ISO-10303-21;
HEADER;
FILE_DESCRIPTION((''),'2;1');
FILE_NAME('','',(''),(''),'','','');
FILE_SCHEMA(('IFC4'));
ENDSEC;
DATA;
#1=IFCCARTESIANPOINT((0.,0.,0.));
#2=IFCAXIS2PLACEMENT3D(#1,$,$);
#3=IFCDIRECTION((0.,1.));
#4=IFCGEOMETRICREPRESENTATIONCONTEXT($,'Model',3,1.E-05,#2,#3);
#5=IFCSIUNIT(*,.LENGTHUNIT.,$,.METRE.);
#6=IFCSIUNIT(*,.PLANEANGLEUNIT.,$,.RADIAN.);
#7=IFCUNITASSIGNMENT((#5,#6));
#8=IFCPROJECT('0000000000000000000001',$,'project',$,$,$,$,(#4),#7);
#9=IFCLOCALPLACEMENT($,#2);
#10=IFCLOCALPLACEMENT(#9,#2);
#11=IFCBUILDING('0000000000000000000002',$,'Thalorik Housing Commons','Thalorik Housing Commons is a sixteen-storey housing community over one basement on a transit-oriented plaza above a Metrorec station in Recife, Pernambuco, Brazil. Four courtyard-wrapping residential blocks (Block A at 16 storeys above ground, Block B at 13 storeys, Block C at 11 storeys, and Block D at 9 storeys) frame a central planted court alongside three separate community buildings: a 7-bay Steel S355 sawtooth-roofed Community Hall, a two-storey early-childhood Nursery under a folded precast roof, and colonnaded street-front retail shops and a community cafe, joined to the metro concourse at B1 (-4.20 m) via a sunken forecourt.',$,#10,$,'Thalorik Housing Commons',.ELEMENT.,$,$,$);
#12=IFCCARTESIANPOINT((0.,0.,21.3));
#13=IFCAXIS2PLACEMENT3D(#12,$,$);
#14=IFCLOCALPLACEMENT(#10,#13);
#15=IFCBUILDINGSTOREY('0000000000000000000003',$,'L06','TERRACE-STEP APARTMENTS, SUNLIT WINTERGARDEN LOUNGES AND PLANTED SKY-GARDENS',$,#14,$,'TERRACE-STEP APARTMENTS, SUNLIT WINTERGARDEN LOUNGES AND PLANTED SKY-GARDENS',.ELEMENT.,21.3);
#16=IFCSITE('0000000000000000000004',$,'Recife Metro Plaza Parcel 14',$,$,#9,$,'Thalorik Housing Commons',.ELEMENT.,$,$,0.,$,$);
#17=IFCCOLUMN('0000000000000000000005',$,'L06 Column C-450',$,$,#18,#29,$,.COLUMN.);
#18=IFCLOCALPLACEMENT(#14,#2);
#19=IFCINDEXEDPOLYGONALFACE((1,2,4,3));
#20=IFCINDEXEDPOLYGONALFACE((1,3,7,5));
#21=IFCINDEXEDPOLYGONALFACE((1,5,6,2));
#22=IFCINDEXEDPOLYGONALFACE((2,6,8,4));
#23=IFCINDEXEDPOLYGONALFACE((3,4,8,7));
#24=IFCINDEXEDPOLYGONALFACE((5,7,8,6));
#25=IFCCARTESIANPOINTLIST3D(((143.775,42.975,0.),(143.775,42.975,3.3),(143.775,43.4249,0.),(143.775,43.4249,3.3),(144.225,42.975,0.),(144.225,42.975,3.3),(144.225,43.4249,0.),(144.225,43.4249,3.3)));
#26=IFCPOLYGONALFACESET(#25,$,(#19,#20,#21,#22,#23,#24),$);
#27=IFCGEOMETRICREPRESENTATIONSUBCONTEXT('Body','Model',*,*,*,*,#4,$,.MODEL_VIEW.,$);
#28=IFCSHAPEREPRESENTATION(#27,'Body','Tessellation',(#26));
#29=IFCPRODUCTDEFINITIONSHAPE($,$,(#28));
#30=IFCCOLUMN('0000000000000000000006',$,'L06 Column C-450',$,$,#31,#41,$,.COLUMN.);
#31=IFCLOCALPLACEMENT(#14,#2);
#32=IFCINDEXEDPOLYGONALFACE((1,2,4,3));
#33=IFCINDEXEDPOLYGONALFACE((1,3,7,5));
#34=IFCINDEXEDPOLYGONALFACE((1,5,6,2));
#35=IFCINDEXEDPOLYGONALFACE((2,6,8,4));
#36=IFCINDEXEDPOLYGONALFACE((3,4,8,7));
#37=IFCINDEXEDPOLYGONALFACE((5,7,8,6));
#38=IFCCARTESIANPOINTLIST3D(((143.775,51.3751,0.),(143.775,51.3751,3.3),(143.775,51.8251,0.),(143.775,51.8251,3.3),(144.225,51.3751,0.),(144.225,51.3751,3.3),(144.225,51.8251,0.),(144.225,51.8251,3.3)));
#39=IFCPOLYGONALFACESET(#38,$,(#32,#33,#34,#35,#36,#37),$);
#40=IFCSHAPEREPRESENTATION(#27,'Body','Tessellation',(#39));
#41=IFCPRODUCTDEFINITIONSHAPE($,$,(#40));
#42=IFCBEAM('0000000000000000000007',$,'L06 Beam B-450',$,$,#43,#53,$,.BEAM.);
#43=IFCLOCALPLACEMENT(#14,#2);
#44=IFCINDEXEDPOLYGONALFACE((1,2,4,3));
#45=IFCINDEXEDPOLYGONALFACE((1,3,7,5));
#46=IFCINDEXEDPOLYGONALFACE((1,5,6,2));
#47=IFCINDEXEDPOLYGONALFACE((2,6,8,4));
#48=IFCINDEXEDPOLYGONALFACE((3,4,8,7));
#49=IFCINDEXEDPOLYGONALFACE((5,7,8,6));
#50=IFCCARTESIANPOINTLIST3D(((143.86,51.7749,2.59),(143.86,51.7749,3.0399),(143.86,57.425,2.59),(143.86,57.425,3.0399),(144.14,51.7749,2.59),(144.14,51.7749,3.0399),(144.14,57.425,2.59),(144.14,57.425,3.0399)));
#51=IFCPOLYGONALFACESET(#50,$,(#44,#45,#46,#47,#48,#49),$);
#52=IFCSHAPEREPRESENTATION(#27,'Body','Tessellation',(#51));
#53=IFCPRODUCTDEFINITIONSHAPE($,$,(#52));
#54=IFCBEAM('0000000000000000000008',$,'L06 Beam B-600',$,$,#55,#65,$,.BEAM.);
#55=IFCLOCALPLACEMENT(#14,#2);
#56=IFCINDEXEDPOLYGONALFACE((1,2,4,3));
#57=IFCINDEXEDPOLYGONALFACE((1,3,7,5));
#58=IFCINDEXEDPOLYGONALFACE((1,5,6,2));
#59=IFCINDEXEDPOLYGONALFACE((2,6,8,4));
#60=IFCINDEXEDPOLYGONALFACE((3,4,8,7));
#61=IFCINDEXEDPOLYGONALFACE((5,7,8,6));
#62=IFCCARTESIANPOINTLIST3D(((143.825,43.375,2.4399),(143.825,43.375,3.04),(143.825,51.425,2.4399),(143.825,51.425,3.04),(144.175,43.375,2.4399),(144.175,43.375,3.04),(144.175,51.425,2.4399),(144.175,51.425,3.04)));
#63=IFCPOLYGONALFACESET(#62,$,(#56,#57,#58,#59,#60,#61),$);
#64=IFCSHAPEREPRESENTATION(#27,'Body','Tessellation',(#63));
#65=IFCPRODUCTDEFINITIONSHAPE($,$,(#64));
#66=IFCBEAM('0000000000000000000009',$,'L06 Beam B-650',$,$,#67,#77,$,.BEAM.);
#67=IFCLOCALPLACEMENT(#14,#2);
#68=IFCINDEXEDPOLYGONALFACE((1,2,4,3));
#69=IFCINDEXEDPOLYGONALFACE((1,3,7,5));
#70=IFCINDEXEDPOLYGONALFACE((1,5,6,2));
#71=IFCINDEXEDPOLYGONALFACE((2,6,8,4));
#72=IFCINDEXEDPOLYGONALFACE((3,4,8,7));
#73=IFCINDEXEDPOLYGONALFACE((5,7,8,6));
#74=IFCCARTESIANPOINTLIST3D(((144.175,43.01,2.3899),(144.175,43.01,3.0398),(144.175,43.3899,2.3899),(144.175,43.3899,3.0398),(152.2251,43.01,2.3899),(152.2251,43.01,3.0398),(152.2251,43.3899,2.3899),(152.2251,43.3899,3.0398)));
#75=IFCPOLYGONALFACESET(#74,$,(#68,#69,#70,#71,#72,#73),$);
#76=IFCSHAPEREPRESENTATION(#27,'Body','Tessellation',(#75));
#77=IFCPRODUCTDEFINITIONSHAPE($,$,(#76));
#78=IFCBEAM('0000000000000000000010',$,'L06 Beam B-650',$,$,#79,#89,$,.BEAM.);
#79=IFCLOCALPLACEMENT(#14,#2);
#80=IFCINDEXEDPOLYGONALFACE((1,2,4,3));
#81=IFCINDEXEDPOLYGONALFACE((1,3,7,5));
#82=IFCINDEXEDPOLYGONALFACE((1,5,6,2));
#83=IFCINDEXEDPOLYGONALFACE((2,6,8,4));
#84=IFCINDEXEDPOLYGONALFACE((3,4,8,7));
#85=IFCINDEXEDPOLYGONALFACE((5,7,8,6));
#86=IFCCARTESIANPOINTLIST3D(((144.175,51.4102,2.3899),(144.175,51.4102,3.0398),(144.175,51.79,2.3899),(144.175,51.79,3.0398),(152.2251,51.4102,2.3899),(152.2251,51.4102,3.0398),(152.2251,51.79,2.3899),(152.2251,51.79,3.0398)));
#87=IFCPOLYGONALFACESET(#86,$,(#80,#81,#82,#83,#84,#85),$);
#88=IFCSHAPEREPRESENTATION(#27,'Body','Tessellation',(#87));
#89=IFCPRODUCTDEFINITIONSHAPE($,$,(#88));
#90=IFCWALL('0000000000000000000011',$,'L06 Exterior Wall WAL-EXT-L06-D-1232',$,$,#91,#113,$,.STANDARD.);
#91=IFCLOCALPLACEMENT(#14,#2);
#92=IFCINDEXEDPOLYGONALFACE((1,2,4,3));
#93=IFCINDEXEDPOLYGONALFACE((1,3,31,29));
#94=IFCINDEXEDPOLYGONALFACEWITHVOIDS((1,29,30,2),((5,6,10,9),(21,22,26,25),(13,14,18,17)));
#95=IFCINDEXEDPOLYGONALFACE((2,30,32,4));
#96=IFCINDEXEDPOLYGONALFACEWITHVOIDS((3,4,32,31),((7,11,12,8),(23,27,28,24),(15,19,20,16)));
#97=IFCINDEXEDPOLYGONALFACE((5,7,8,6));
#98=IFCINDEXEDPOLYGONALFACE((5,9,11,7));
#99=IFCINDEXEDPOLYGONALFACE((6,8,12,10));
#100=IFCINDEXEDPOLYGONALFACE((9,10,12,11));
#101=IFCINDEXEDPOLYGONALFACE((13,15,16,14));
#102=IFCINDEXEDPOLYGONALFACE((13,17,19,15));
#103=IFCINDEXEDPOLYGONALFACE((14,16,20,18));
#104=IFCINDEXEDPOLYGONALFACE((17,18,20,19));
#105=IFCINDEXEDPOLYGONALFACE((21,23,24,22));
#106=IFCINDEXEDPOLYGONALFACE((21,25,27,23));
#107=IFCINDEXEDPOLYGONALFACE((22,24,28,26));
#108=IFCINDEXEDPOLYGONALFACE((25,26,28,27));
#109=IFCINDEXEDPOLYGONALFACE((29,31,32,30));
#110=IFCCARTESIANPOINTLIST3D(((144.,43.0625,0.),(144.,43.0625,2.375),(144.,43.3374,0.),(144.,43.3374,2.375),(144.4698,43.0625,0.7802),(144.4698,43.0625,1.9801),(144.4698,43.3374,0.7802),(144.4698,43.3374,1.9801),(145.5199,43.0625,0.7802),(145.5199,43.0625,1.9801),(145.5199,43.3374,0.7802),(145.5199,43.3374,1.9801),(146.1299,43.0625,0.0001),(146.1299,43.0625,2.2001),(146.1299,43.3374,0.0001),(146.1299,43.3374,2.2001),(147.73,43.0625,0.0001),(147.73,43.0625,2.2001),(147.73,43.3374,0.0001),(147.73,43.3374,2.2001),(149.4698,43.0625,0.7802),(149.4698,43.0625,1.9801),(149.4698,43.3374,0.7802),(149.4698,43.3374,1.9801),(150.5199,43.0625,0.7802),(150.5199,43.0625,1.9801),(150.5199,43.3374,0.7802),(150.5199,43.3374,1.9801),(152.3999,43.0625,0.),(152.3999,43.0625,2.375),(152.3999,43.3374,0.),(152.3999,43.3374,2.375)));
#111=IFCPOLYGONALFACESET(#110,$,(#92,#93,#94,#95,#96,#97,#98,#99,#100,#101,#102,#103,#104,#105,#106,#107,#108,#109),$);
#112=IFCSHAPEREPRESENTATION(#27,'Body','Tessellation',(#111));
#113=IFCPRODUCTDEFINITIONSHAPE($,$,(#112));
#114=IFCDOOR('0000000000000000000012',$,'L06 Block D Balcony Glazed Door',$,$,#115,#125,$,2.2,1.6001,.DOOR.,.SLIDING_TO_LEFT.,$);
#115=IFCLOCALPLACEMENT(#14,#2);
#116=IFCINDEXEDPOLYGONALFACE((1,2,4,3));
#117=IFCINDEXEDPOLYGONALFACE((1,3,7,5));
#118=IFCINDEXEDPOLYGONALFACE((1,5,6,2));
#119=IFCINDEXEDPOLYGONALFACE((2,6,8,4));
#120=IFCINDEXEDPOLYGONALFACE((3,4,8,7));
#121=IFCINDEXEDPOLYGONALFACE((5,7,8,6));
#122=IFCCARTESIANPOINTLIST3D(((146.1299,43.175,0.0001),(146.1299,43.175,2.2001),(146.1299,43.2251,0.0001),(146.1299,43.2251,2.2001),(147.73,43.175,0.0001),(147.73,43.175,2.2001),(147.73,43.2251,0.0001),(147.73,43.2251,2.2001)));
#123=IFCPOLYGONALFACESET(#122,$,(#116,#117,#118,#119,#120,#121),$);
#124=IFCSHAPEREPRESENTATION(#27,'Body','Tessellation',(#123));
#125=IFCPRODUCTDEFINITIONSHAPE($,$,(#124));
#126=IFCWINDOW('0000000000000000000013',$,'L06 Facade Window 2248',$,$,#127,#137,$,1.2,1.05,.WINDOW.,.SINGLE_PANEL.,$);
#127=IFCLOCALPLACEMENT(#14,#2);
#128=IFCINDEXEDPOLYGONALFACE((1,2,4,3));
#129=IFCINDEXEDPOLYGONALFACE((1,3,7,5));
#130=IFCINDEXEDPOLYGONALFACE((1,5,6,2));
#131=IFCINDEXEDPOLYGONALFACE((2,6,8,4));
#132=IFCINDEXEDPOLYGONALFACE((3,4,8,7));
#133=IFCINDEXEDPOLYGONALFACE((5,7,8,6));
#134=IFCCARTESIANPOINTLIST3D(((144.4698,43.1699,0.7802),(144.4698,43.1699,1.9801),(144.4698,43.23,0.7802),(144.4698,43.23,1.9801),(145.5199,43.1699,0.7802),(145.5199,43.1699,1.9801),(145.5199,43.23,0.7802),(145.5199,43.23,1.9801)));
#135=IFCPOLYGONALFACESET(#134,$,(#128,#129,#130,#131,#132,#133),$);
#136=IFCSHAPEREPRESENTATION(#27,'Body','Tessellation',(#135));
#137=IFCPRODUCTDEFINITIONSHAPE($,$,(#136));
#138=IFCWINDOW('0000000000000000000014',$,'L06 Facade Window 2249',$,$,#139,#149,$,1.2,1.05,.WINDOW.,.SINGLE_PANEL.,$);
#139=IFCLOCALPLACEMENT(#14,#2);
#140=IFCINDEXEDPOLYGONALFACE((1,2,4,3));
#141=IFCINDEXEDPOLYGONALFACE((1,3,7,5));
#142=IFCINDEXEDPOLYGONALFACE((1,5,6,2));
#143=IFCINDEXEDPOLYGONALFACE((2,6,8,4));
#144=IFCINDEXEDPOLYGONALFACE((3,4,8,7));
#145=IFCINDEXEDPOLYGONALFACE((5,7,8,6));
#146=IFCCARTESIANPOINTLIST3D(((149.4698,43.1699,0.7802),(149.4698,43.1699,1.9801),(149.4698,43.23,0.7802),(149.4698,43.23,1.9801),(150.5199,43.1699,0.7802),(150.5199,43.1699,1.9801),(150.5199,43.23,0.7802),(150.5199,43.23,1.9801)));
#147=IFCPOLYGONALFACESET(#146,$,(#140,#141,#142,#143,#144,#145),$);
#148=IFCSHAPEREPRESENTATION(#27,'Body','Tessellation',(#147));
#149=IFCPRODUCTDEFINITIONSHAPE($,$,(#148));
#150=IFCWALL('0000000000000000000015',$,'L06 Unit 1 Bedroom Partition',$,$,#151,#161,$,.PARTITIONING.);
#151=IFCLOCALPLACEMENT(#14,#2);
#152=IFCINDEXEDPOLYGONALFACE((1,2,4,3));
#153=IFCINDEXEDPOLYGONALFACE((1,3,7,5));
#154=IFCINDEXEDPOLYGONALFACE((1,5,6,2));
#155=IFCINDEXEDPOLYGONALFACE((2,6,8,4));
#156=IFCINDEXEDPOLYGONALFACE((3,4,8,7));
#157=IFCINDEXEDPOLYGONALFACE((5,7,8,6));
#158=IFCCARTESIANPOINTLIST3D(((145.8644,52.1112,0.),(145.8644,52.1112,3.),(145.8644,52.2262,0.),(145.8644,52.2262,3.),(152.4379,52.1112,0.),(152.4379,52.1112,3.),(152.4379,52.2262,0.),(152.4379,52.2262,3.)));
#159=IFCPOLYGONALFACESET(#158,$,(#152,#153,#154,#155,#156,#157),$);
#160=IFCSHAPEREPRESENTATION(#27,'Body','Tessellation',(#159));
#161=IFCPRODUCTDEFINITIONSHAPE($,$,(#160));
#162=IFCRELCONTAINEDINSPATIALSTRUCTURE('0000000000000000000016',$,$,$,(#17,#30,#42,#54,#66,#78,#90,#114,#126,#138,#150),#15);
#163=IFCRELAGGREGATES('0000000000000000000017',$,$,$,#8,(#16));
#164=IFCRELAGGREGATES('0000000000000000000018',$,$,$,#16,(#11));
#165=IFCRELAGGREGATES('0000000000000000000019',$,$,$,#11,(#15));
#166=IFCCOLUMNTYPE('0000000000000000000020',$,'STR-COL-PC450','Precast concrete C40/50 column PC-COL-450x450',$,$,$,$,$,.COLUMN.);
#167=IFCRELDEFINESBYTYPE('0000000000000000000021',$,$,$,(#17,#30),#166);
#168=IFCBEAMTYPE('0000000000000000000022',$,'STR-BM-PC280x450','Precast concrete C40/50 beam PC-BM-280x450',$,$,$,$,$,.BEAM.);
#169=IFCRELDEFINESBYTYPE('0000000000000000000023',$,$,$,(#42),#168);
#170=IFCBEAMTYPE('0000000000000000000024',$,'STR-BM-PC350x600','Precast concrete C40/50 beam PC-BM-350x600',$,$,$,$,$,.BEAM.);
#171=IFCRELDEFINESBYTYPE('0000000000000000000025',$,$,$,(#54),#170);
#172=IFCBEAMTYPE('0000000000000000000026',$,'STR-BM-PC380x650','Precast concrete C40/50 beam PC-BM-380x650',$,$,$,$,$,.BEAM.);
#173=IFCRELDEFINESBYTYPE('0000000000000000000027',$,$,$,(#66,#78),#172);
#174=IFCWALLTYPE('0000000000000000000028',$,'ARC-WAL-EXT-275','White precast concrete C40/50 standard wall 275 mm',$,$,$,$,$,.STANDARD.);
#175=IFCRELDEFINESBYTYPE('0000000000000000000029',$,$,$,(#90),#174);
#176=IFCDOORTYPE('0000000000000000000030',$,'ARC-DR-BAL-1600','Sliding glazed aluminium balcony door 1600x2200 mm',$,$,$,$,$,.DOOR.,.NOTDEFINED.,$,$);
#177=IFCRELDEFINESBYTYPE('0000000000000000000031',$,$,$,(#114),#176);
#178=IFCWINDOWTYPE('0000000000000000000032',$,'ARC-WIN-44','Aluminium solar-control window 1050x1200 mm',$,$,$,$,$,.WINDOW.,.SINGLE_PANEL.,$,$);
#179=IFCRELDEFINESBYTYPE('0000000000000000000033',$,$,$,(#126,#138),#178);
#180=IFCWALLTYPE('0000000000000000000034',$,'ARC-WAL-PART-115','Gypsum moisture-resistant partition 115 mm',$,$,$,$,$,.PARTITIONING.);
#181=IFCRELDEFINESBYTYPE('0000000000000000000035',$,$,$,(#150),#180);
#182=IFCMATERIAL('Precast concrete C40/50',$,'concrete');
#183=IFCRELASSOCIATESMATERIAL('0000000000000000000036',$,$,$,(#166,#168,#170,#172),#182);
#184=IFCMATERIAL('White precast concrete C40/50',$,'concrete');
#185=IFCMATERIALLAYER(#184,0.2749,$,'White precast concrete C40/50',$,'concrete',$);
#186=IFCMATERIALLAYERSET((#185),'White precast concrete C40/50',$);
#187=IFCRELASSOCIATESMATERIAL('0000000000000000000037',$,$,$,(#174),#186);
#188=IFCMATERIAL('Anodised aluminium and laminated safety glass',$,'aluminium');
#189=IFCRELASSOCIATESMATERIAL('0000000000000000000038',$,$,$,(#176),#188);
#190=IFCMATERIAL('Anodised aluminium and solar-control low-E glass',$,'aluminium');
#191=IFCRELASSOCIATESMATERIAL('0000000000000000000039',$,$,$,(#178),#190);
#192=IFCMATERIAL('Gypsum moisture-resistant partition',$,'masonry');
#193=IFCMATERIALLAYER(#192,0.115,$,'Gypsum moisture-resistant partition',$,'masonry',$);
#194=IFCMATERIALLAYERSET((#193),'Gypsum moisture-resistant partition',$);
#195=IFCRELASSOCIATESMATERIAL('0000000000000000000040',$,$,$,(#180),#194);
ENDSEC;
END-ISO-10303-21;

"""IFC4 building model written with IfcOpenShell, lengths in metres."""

from ifc_helpers import new_model, si_unit, direction, frame, frame_2d, origin, origin_2d, place, context, subcontext, project, spatial, rectangle, extrude, material, layer, layer_set, material_profile, profile_set, type_object, element, fill, save


model = new_model("IFC4")

# Units and contexts
model_context = context("Model", 3, precision=1e-05, world=origin(), true_north=direction((0.0, 1.0)))
body_context = subcontext(model_context, "Body", "Model", "MODEL_VIEW")
ifc_project = project(units=[si_unit("LENGTHUNIT", "METRE"), si_unit("PLANEANGLEUNIT", "RADIAN")], contexts=[model_context])

# Site, building, storey
site_placement = place(None, origin())
site = spatial("IfcSite", under=ifc_project, at=site_placement, Name="Recife Metro Plaza Parcel 14", LongName="Thalorik Housing Commons", CompositionType="ELEMENT", RefElevation=0.0)
building_placement = place(site_placement, origin())
building = spatial("IfcBuilding", under=site, at=building_placement, Name="Thalorik Housing Commons", Description="Thalorik Housing Commons is a sixteen-storey housing community over one basement on a transit-oriented plaza above a Metrorec station in Recife, Pernambuco, Brazil. Four courtyard-wrapping residential blocks (Block A at 16 storeys above ground, Block B at 13 storeys, Block C at 11 storeys, and Block D at 9 storeys) frame a central planted court alongside three separate community buildings: a 7-bay Steel S355 sawtooth-roofed Community Hall, a two-storey early-childhood Nursery under a folded precast roof, and colonnaded street-front retail shops and a community cafe, joined to the metro concourse at B1 (-4.20 m) via a sunken forecourt.", LongName="Thalorik Housing Commons", CompositionType="ELEMENT")
storey_placement = place(building_placement, frame((0.0, 0.0, 21.3)))
storey = spatial("IfcBuildingStorey", under=building, at=storey_placement, Name="L06", Description="TERRACE-STEP APARTMENTS, SUNLIT WINTERGARDEN LOUNGES AND PLANTED SKY-GARDENS", LongName="TERRACE-STEP APARTMENTS, SUNLIT WINTERGARDEN LOUNGES AND PLANTED SKY-GARDENS", CompositionType="ELEMENT", Elevation=21.3)

# Columns
ifc_material_1 = material(Name="Precast concrete C40/50", Category="concrete")
ifc_material_profile_1 = material_profile(ifc_material_1, rectangle(XDim=0.45, YDim=0.45, at=origin_2d()), Name="PC 450x450", Category="concrete")
ifc_profile_set_1 = profile_set([ifc_material_profile_1], Name="Precast concrete C40/50")
column_type = type_object("IfcColumnType", Name="STR-COL-PC450", Description="Precast concrete C40/50 column PC-COL-450x450", PredefinedType="COLUMN", material=ifc_profile_set_1)
for number, where, z_axis, x_axis, name in (
    (1, (144.0, 43.2, 0.0), (0.0, 0.0, 1.0), (1.0, 0.0, 0.0), "L06 Column C-450"),
    (2, (144.0, 51.6001, 0.0), (0.0, 0.0, 1.0), (1.0, 0.0, 0.0), "L06 Column C-450"),
):
    element("IfcColumn", number, at=place(storey_placement, frame(where, z_axis=z_axis, x_axis=x_axis)), inside=storey, type_object=column_type, Name=name, PredefinedType="COLUMN", context=body_context, shape_type="SweptSolid", body=[
        extrude(rectangle(XDim=0.45, YDim=0.45, at=origin_2d()), origin(), (0.0, 0.0, 1.0), 3.3),
    ])

# Beams
ifc_material_profile_2 = material_profile(ifc_material_1, rectangle(XDim=0.28, YDim=0.45, at=origin_2d()), Name="PC 280x450", Category="concrete")
ifc_profile_set_2 = profile_set([ifc_material_profile_2], Name="Precast concrete C40/50")
beam_type_1 = type_object("IfcBeamType", Name="STR-BM-PC280x450", Description="Precast concrete C40/50 beam PC-BM-280x450", PredefinedType="BEAM", material=ifc_profile_set_2)
beam_1_placement = place(storey_placement, frame((144.0, 51.7749, 2.8149), z_axis=(0.0, 1.0, 0.0), x_axis=(-1.0, 0.0, 0.0)))
element("IfcBeam", 3, at=beam_1_placement, inside=storey, type_object=beam_type_1, Name="L06 Beam B-450", PredefinedType="BEAM", context=body_context, shape_type="SweptSolid", body=[
    extrude(rectangle(XDim=0.28, YDim=0.45, at=origin_2d()), origin(), (0.0, 0.0, 1.0), 5.6501),
])
ifc_material_profile_3 = material_profile(ifc_material_1, rectangle(XDim=0.3501, YDim=0.6001, at=origin_2d()), Name="PC 350x600", Category="concrete")
ifc_profile_set_3 = profile_set([ifc_material_profile_3], Name="Precast concrete C40/50")
beam_type_2 = type_object("IfcBeamType", Name="STR-BM-PC350x600", Description="Precast concrete C40/50 beam PC-BM-350x600", PredefinedType="BEAM", material=ifc_profile_set_3)
beam_2_placement = place(storey_placement, frame((144.0, 43.375, 2.74), z_axis=(0.0, 1.0, 0.0), x_axis=(-1.0, 0.0, 0.0)))
element("IfcBeam", 4, at=beam_2_placement, inside=storey, type_object=beam_type_2, Name="L06 Beam B-600", PredefinedType="BEAM", context=body_context, shape_type="SweptSolid", body=[
    extrude(rectangle(XDim=0.3501, YDim=0.6001, at=origin_2d()), origin(), (0.0, 0.0, 1.0), 8.05),
])
ifc_material_profile_4 = material_profile(ifc_material_1, rectangle(XDim=0.3799, YDim=0.6499, at=origin_2d()), Name="PC 380x650", Category="concrete")
ifc_profile_set_4 = profile_set([ifc_material_profile_4], Name="Precast concrete C40/50")
beam_type_3 = type_object("IfcBeamType", Name="STR-BM-PC380x650", Description="Precast concrete C40/50 beam PC-BM-380x650", PredefinedType="BEAM", material=ifc_profile_set_4)
for number, where, z_axis, x_axis, name in (
    (5, (144.175, 43.2, 2.7148), (1.0, 0.0, 0.0), (0.0, 1.0, 0.0), "L06 Beam B-650"),
    (6, (144.175, 51.6001, 2.7148), (1.0, 0.0, 0.0), (0.0, 1.0, 0.0), "L06 Beam B-650"),
):
    element("IfcBeam", number, at=place(storey_placement, frame(where, z_axis=z_axis, x_axis=x_axis)), inside=storey, type_object=beam_type_3, Name=name, PredefinedType="BEAM", context=body_context, shape_type="SweptSolid", body=[
        extrude(rectangle(XDim=0.3799, YDim=0.6499, at=origin_2d()), origin(), (0.0, 0.0, 1.0), 8.05),
    ])

# Wall, openings, door, windows
ifc_material_2 = material(Name="White precast concrete C40/50", Category="concrete")
ifc_layer_1 = layer(ifc_material_2, 0.2749, Name="White precast concrete C40/50", Category="concrete")
ifc_layer_set_1 = layer_set([ifc_layer_1], Name="White precast concrete C40/50")
wall_type_1 = type_object("IfcWallType", Name="ARC-WAL-EXT-275", Description="White precast concrete C40/50 standard wall 275 mm", PredefinedType="STANDARD", material=ifc_layer_set_1)
wall_1_placement = place(storey_placement, frame((144.0, 43.2, 0.0), z_axis=(0.0, 0.0, 1.0), x_axis=(1.0, 0.0, 0.0)))
wall_1 = element("IfcWall", 7, at=wall_1_placement, inside=storey, type_object=wall_type_1, Name="L06 Exterior Wall WAL-EXT-L06-D-1232", PredefinedType="STANDARD", context=body_context, shape_type="SweptSolid", body=[
    extrude(rectangle(XDim=8.3999, YDim=0.2749, at=frame_2d((4.2, 0.0))), origin(), (0.0, 0.0, 1.0), 2.375),
])
opening_1_placement = place(wall_1_placement, frame((2.1299, 0.0, 0.0)))
opening_1 = element("IfcOpeningElement", 8, at=opening_1_placement, cuts=wall_1, PredefinedType="OPENING", context=body_context, shape_type="SweptSolid", body=[
    extrude(rectangle(XDim=1.6001, YDim=2.2, at=frame_2d((0.8, 1.1001))), frame((0.0, 0.1475, 0.0), z_axis=(0.0, -1.0, 0.0), x_axis=(1.0, 0.0, 0.0)), (0.0, 0.0, 1.0), 0.2949),
])
opening_2_placement = place(wall_1_placement, frame((0.47, 0.0, 0.78)))
opening_2 = element("IfcOpeningElement", 9, at=opening_2_placement, cuts=wall_1, PredefinedType="OPENING", context=body_context, shape_type="SweptSolid", body=[
    extrude(rectangle(XDim=1.05, YDim=1.2, at=frame_2d((0.5249, 0.6001))), frame((0.0, 0.1475, 0.0), z_axis=(0.0, -1.0, 0.0), x_axis=(1.0, 0.0, 0.0)), (0.0, 0.0, 1.0), 0.2949),
])
opening_3_placement = place(wall_1_placement, frame((5.47, 0.0, 0.78)))
opening_3 = element("IfcOpeningElement", 10, at=opening_3_placement, cuts=wall_1, PredefinedType="OPENING", context=body_context, shape_type="SweptSolid", body=[
    extrude(rectangle(XDim=1.05, YDim=1.2, at=frame_2d((0.5249, 0.6001))), frame((0.0, 0.1475, 0.0), z_axis=(0.0, -1.0, 0.0), x_axis=(1.0, 0.0, 0.0)), (0.0, 0.0, 1.0), 0.2949),
])
ifc_material_3 = material(Name="Anodised aluminium and laminated safety glass", Category="aluminium")
door_type_1 = type_object("IfcDoorType", Name="ARC-DR-BAL-1600", Description="Sliding glazed aluminium balcony door 1600x2200 mm", OperationType="NOTDEFINED", PredefinedType="DOOR", material=ifc_material_3)
door_1_placement = place(opening_1_placement, frame((1.6001, 0.0, 0.0), z_axis=(0.0, 0.0, 1.0), x_axis=(-1.0, 0.0, 0.0)))
door_1 = element("IfcDoor", 11, at=door_1_placement, inside=storey, type_object=door_type_1, Name="L06 Block D Balcony Glazed Door", OperationType="SLIDING_TO_LEFT", OverallHeight=2.2, OverallWidth=1.6001, PredefinedType="DOOR", context=body_context, shape_type="SweptSolid", body=[
    extrude(rectangle(XDim=1.6001, YDim=2.2, at=frame_2d((0.8, 1.1001))), frame((0.0, 0.0249, 0.0), z_axis=(0.0, -1.0, 0.0), x_axis=(1.0, 0.0, 0.0)), (0.0, 0.0, 1.0), 0.05),
])
fill(opening_1, door_1)
ifc_material_4 = material(Name="Anodised aluminium and solar-control low-E glass", Category="aluminium")
window_type = type_object("IfcWindowType", Name="ARC-WIN-44", Description="Aluminium solar-control window 1050x1200 mm", PartitioningType="SINGLE_PANEL", PredefinedType="WINDOW", material=ifc_material_4)
window_1_placement = place(opening_2_placement, origin())
window_1 = element("IfcWindow", 12, at=window_1_placement, inside=storey, type_object=window_type, Name="L06 Facade Window 2248", OverallHeight=1.2, OverallWidth=1.05, PartitioningType="SINGLE_PANEL", PredefinedType="WINDOW", context=body_context, shape_type="SweptSolid", body=[
    extrude(rectangle(XDim=1.05, YDim=1.2, at=frame_2d((0.5249, 0.6001))), frame((0.0, 0.03, 0.0), z_axis=(0.0, -1.0, 0.0), x_axis=(1.0, 0.0, 0.0)), (0.0, 0.0, 1.0), 0.0601),
])
fill(opening_2, window_1)
window_2_placement = place(opening_3_placement, origin())
window_2 = element("IfcWindow", 13, at=window_2_placement, inside=storey, type_object=window_type, Name="L06 Facade Window 2249", OverallHeight=1.2, OverallWidth=1.05, PartitioningType="SINGLE_PANEL", PredefinedType="WINDOW", context=body_context, shape_type="SweptSolid", body=[
    extrude(rectangle(XDim=1.05, YDim=1.2, at=frame_2d((0.5249, 0.6001))), frame((0.0, 0.03, 0.0), z_axis=(0.0, -1.0, 0.0), x_axis=(1.0, 0.0, 0.0)), (0.0, 0.0, 1.0), 0.0601),
])
fill(opening_3, window_2)

# Wall
ifc_material_5 = material(Name="Gypsum moisture-resistant partition", Category="masonry")
ifc_layer_2 = layer(ifc_material_5, 0.115, Name="Gypsum moisture-resistant partition", Category="masonry")
ifc_layer_set_2 = layer_set([ifc_layer_2], Name="Gypsum moisture-resistant partition")
wall_type_2 = type_object("IfcWallType", Name="ARC-WAL-PART-115", Description="Gypsum moisture-resistant partition 115 mm", PredefinedType="PARTITIONING", material=ifc_layer_set_2)
wall_2_placement = place(storey_placement, frame((145.8645, 52.1687, 0.0), z_axis=(0.0, 0.0, 1.0), x_axis=(1.0, 0.0, 0.0)))
element("IfcWall", 14, at=wall_2_placement, inside=storey, type_object=wall_type_2, Name="L06 Unit 1 Bedroom Partition", PredefinedType="PARTITIONING", context=body_context, shape_type="SweptSolid", body=[
    extrude(rectangle(XDim=6.5735, YDim=0.115, at=frame_2d((3.2866, 0.0))), origin(), (0.0, 0.0, 1.0), 3.0),
])

save(model, "model.ifc")
